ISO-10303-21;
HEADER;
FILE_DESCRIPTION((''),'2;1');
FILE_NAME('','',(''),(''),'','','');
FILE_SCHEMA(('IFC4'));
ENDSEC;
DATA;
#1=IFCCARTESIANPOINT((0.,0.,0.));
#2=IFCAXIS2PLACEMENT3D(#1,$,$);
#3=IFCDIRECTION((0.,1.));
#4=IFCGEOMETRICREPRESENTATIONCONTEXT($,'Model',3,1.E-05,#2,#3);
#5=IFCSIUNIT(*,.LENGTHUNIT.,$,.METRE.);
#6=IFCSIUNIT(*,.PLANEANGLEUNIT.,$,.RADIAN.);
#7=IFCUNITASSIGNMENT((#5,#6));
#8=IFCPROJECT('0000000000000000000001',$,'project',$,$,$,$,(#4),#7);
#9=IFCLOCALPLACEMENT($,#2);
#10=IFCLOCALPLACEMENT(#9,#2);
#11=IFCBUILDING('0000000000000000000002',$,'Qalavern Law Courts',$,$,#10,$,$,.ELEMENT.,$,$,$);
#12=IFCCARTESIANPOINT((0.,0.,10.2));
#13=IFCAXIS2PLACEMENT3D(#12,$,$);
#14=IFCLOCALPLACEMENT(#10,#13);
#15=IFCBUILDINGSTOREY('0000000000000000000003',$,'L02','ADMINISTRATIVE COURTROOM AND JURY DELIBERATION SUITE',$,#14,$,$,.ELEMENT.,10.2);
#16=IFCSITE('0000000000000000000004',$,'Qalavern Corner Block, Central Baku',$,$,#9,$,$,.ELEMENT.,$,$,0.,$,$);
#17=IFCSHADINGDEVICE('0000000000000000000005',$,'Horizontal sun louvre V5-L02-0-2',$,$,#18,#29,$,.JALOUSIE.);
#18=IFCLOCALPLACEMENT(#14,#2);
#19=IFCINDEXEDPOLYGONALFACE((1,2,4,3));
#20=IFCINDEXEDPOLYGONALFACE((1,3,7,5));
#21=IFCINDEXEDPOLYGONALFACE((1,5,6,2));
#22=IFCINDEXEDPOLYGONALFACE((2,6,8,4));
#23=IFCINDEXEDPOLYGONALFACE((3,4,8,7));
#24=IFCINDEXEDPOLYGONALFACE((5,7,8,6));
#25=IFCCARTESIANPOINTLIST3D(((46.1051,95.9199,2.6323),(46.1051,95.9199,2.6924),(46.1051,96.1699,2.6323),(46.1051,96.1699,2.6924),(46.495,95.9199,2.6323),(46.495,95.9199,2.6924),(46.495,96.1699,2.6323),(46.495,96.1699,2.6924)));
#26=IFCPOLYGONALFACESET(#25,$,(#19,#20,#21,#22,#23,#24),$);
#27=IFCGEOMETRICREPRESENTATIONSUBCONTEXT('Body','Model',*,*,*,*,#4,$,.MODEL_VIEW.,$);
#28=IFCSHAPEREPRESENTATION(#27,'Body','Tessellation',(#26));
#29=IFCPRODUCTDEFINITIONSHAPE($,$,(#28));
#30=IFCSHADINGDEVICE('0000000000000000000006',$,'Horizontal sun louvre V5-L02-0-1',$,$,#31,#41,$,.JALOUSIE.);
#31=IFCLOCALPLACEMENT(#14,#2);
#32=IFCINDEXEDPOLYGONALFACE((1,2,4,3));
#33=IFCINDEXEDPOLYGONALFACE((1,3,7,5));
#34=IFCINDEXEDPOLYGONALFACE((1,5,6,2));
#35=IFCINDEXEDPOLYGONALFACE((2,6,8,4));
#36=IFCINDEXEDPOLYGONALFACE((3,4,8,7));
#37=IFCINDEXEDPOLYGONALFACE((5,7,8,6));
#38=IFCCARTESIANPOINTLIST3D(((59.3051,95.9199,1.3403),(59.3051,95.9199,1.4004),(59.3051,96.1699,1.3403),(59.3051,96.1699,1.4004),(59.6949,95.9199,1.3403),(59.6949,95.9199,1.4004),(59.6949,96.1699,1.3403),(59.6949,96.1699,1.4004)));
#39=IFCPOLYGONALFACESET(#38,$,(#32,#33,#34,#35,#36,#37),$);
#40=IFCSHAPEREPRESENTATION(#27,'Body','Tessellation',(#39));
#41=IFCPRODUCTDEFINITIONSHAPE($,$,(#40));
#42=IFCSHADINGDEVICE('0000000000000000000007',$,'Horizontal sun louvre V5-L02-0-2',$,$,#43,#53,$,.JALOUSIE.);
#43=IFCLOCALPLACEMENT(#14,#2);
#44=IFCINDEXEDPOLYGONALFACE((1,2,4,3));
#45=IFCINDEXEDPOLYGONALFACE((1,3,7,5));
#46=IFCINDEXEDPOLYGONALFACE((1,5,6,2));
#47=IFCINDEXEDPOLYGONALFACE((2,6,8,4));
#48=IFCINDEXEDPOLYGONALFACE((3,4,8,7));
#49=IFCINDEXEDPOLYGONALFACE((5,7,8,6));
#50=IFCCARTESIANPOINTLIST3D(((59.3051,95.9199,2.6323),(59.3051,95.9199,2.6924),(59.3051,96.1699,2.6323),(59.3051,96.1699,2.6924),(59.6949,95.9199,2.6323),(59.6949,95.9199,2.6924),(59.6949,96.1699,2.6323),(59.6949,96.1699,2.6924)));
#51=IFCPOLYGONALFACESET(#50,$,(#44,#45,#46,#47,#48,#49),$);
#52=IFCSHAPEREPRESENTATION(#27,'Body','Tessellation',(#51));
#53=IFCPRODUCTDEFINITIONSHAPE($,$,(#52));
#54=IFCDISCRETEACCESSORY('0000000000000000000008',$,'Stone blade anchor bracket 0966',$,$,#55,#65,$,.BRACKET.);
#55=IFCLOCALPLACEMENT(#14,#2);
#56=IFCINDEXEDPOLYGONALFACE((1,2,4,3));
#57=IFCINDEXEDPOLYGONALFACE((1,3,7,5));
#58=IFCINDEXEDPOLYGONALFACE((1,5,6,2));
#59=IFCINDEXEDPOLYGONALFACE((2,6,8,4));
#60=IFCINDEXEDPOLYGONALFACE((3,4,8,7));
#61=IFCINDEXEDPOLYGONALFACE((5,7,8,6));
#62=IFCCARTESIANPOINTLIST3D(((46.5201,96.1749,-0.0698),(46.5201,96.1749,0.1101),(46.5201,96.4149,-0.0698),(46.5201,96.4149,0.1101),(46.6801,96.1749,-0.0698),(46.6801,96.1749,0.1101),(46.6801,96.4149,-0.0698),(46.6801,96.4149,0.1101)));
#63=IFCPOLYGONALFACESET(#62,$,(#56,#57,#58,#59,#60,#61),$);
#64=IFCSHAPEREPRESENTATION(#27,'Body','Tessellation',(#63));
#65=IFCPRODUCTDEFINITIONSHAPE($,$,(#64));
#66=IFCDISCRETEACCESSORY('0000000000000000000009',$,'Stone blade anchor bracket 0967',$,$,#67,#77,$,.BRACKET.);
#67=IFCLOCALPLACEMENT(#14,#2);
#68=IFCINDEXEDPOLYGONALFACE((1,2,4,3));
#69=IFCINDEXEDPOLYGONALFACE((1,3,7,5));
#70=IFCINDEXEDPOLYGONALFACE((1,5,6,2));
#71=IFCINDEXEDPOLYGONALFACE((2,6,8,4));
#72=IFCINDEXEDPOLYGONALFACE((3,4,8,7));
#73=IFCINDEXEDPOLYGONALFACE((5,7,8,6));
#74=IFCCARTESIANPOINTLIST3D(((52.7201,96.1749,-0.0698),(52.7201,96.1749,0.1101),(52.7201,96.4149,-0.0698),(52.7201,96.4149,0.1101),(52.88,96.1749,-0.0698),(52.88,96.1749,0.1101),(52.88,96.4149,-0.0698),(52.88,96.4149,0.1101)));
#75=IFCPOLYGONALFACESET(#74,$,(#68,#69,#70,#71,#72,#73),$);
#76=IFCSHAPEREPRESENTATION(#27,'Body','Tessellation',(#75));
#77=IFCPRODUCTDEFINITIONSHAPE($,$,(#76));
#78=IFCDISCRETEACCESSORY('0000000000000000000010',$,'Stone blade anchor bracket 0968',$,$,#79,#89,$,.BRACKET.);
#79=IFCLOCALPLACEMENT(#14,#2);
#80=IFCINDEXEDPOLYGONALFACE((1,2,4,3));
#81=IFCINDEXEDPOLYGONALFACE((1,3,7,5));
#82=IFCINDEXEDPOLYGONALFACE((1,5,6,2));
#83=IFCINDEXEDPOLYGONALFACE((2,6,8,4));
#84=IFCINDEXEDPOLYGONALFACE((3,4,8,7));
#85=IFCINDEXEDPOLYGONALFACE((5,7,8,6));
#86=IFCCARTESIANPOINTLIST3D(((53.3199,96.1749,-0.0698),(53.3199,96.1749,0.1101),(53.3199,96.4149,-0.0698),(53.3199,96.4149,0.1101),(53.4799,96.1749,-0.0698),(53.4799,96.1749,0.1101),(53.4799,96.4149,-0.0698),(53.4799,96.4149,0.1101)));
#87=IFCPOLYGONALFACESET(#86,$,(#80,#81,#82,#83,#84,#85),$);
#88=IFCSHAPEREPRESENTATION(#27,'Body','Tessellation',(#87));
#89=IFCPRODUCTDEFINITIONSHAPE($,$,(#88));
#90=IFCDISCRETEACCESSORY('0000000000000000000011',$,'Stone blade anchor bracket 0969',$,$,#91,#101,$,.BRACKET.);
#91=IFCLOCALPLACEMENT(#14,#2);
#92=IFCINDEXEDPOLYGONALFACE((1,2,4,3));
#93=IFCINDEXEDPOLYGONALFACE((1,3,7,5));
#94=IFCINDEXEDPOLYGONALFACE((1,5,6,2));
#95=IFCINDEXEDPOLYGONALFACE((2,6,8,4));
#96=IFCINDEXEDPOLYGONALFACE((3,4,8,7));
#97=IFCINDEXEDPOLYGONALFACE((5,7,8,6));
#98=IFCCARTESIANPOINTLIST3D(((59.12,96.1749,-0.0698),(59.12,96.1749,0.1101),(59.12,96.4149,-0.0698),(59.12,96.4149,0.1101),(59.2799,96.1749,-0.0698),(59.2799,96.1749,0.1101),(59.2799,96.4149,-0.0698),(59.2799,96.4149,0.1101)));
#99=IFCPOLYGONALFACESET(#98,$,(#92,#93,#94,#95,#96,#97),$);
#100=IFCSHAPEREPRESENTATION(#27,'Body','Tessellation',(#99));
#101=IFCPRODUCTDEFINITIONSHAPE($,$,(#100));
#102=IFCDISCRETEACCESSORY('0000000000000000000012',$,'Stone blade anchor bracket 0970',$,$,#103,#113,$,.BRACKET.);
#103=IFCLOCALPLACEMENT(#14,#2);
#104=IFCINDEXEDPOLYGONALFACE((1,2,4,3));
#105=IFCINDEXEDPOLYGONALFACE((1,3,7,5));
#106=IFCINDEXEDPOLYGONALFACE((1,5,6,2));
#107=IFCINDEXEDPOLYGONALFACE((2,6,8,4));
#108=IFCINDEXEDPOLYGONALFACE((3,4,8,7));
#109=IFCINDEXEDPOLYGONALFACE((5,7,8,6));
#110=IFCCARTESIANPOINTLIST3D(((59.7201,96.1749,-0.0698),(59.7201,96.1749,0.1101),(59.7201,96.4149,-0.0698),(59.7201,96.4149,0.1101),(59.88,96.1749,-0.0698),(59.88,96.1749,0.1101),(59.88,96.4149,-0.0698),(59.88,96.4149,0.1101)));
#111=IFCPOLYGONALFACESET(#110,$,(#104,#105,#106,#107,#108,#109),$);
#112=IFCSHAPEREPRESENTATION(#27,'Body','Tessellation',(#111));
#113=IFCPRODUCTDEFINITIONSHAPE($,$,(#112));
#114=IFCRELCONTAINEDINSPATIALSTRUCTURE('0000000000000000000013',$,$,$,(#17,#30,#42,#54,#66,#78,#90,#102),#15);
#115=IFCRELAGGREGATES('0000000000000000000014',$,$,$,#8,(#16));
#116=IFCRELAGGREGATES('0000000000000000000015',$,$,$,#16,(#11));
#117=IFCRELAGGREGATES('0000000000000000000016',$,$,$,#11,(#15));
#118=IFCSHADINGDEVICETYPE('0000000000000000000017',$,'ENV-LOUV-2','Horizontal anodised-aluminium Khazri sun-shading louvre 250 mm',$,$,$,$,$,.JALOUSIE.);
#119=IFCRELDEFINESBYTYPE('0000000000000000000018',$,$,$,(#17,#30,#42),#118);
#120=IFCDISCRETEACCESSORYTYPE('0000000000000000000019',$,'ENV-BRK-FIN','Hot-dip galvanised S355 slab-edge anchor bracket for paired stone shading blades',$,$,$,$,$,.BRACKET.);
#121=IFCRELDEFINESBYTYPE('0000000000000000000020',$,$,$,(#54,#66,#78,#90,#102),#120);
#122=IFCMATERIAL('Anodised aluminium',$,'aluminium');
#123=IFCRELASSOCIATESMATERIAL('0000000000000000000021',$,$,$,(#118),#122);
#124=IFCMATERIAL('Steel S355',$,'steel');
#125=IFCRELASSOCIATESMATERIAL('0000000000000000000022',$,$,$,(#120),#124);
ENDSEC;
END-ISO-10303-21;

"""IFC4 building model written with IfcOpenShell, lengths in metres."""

from ifc_helpers import new_model, si_unit, direction, frame, origin, origin_2d, place, context, subcontext, project, spatial, rectangle, extrude, material, type_object, element, save


model = new_model("IFC4")

# Units and contexts
model_context = context("Model", 3, precision=1e-05, world=origin(), true_north=direction((0.0, 1.0)))
body_context = subcontext(model_context, "Body", "Model", "MODEL_VIEW")
ifc_project = project(units=[si_unit("LENGTHUNIT", "METRE"), si_unit("PLANEANGLEUNIT", "RADIAN")], contexts=[model_context])

# Site, building, storey
site_placement = place(None, origin())
site = spatial("IfcSite", under=ifc_project, at=site_placement, Name="Qalavern Corner Block, Central Baku", CompositionType="ELEMENT", RefElevation=0.0)
building_placement = place(site_placement, origin())
building = spatial("IfcBuilding", under=site, at=building_placement, Name="Qalavern Law Courts", CompositionType="ELEMENT")
storey_placement = place(building_placement, frame((0.0, 0.0, 10.2)))
storey = spatial("IfcBuildingStorey", under=building, at=storey_placement, Name="L02", Description="ADMINISTRATIVE COURTROOM AND JURY DELIBERATION SUITE", CompositionType="ELEMENT", Elevation=10.2)

# Shared definitions
ifc_material_1 = material(Name="Anodised aluminium", Category="aluminium")

# Shading devices
shading_device_type_1 = type_object("IfcShadingDeviceType", Name="ENV-LOUV-2", Description="Horizontal anodised-aluminium Khazri sun-shading louvre 250 mm", PredefinedType="JALOUSIE", material=ifc_material_1)
for number, where, z_axis, x_axis, name in (
    (1, (46.3, 96.0449, 2.6323), (0.0, 0.0, 1.0), (1.0, 0.0, 0.0), "Horizontal sun louvre V5-L02-0-2"),
    (2, (59.5, 96.0449, 1.3403), (0.0, 0.0, 1.0), (1.0, 0.0, 0.0), "Horizontal sun louvre V5-L02-0-1"),
    (3, (59.5, 96.0449, 2.6323), (0.0, 0.0, 1.0), (1.0, 0.0, 0.0), "Horizontal sun louvre V5-L02-0-2"),
):
    element("IfcShadingDevice", number, at=place(storey_placement, frame(where, z_axis=z_axis, x_axis=x_axis)), inside=storey, type_object=shading_device_type_1, Name=name, PredefinedType="JALOUSIE", context=body_context, shape_type="SweptSolid", body=[
        extrude(rectangle(XDim=0.3899, YDim=0.25, at=origin_2d()), origin(), (0.0, 0.0, 1.0), 0.0601),
    ])

# Discrete accessories
ifc_material_2 = material(Name="Steel S355", Category="steel")
discrete_accessory_type = type_object("IfcDiscreteAccessoryType", Name="ENV-BRK-FIN", Description="Hot-dip galvanised S355 slab-edge anchor bracket for paired stone shading blades", PredefinedType="BRACKET", material=ifc_material_2)
for number, where, z_axis, x_axis, name in (
    (4, (46.6001, 96.2949, -0.0698), (0.0, 0.0, 1.0), (0.0, -1.0, 0.0), "Stone blade anchor bracket 0966"),
    (5, (52.8, 96.2949, -0.0698), (0.0, 0.0, 1.0), (0.0, -1.0, 0.0), "Stone blade anchor bracket 0967"),
    (6, (53.3999, 96.2949, -0.0698), (0.0, 0.0, 1.0), (0.0, -1.0, 0.0), "Stone blade anchor bracket 0968"),
    (7, (59.2, 96.2949, -0.0698), (0.0, 0.0, 1.0), (0.0, -1.0, 0.0), "Stone blade anchor bracket 0969"),
    (8, (59.8, 96.2949, -0.0698), (0.0, 0.0, 1.0), (0.0, -1.0, 0.0), "Stone blade anchor bracket 0970"),
):
    element("IfcDiscreteAccessory", number, at=place(storey_placement, frame(where, z_axis=z_axis, x_axis=x_axis)), inside=storey, type_object=discrete_accessory_type, Name=name, PredefinedType="BRACKET", context=body_context, shape_type="SweptSolid", body=[
        extrude(rectangle(XDim=0.24, YDim=0.1599, at=origin_2d()), origin(), (0.0, 0.0, 1.0), 0.1799),
    ])

save(model, "model.ifc")
